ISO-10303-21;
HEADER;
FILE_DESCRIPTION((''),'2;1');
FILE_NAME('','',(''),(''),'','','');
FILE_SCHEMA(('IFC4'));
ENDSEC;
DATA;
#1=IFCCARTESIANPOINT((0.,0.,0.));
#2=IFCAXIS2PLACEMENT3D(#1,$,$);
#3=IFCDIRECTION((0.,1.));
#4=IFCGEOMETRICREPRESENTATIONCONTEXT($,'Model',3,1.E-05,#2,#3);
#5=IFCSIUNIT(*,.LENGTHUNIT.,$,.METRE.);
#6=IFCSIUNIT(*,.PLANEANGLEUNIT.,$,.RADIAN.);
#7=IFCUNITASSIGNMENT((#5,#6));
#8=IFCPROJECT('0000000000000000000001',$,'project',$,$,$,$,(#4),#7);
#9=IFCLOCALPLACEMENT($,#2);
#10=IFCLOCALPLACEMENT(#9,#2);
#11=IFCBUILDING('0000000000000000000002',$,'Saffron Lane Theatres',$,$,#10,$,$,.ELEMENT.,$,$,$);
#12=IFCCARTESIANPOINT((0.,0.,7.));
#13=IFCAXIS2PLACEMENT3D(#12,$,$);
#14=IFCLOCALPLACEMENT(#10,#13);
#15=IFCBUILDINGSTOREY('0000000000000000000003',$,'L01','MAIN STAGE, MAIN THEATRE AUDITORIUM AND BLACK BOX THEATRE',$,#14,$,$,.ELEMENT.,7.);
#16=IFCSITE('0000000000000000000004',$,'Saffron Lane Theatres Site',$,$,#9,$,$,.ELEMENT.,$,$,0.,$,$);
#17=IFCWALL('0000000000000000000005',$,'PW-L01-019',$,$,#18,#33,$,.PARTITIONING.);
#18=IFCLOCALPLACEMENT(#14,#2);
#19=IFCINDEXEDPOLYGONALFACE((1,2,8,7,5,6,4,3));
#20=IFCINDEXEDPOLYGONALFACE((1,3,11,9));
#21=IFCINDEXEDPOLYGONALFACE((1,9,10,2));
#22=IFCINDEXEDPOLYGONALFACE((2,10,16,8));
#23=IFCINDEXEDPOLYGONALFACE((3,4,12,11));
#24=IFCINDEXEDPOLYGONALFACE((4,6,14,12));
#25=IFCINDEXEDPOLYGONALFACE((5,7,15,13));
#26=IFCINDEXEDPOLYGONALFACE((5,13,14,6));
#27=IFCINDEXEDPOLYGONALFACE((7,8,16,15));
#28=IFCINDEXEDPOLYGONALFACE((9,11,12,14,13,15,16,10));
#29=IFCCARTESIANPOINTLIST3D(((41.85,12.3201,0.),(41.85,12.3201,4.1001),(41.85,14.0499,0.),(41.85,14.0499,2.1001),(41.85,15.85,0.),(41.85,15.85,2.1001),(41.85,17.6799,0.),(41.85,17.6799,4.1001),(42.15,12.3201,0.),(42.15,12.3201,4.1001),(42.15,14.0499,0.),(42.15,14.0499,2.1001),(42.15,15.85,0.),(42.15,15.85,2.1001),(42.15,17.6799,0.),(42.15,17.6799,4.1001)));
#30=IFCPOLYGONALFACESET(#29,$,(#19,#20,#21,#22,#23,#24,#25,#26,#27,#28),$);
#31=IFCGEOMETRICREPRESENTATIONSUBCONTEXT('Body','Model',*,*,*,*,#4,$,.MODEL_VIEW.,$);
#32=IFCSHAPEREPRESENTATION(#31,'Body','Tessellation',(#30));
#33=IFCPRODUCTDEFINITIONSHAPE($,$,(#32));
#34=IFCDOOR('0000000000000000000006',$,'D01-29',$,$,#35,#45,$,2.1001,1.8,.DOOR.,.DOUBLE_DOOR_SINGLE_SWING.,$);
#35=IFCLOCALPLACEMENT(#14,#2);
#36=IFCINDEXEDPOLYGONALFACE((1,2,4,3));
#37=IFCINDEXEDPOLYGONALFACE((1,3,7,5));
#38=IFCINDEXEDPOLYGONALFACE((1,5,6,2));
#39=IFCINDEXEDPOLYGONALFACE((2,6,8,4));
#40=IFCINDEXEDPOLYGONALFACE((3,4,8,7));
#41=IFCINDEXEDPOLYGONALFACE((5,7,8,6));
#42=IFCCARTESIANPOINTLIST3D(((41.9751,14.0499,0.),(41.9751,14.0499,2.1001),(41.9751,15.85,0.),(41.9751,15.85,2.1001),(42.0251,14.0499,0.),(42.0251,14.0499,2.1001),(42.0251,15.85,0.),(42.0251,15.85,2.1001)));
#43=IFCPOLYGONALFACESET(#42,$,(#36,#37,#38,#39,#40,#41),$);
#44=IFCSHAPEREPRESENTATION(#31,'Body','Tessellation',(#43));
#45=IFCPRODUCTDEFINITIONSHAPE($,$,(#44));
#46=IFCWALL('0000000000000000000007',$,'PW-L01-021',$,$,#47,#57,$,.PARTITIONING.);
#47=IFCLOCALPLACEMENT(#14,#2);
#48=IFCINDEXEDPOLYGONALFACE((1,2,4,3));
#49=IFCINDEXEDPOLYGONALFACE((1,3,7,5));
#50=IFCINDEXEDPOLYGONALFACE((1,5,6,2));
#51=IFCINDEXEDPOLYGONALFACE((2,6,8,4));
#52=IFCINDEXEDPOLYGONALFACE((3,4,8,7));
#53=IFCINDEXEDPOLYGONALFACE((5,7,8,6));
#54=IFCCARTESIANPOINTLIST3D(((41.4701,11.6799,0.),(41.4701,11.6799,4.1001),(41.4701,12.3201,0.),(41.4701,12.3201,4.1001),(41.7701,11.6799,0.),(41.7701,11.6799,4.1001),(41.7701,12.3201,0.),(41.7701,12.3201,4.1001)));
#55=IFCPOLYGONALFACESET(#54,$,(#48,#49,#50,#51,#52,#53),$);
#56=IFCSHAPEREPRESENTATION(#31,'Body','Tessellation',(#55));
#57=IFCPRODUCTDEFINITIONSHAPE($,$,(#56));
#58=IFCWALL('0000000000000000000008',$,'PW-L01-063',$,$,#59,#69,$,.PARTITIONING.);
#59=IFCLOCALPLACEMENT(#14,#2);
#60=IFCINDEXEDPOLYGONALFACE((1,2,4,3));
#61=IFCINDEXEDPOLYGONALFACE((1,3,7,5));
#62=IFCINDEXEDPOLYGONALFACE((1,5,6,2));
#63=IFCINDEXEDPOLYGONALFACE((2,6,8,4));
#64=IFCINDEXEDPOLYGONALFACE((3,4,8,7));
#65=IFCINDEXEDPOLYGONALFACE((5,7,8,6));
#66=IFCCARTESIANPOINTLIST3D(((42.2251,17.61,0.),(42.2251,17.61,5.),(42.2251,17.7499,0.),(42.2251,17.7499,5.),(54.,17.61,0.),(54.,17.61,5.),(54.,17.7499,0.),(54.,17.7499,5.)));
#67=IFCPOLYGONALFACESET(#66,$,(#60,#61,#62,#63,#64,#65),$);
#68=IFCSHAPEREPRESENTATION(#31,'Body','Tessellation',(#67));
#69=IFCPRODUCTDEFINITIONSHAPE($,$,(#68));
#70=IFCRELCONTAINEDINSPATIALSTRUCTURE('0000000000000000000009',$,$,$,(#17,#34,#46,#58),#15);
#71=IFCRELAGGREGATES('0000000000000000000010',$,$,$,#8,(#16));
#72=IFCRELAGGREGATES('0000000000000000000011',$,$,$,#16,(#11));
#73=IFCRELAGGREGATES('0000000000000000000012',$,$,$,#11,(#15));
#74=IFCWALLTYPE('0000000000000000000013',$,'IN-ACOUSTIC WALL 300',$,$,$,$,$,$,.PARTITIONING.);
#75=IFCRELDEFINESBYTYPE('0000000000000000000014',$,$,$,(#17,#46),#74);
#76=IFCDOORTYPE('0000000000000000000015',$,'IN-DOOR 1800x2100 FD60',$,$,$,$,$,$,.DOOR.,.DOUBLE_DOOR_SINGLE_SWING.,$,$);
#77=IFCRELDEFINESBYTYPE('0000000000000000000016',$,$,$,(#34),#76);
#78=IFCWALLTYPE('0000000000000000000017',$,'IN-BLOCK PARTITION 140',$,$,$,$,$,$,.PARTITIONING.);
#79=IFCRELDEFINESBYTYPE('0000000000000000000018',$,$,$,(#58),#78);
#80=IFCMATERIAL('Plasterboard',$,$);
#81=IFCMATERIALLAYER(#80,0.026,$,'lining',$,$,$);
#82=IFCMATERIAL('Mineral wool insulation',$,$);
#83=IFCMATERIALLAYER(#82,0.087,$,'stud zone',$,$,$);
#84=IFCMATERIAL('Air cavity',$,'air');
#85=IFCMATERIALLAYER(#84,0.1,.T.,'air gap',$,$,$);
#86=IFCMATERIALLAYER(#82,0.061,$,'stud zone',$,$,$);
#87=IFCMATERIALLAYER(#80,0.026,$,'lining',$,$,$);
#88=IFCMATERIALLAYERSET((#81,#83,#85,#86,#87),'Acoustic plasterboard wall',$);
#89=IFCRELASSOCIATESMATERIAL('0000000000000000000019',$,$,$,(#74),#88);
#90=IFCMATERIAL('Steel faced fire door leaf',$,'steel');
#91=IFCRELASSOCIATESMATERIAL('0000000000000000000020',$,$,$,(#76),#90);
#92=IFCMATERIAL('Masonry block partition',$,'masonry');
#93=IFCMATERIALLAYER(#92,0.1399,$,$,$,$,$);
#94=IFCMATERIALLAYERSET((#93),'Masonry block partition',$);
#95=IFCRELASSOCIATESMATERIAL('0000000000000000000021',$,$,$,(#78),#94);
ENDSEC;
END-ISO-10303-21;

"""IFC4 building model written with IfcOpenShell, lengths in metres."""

from ifc_helpers import new_model, si_unit, direction, frame, frame_2d, origin, place, context, subcontext, project, spatial, rectangle, extrude, material, layer, layer_set, type_object, element, fill, save


model = new_model("IFC4")

# Units and contexts
model_context = context("Model", 3, precision=1e-05, world=origin(), true_north=direction((0.0, 1.0)))
body_context = subcontext(model_context, "Body", "Model", "MODEL_VIEW")
ifc_project = project(units=[si_unit("LENGTHUNIT", "METRE"), si_unit("PLANEANGLEUNIT", "RADIAN")], contexts=[model_context])

# Site, building, storey
site_placement = place(None, origin())
site = spatial("IfcSite", under=ifc_project, at=site_placement, Name="Saffron Lane Theatres Site", CompositionType="ELEMENT", RefElevation=0.0)
building_placement = place(site_placement, origin())
building = spatial("IfcBuilding", under=site, at=building_placement, Name="Saffron Lane Theatres", CompositionType="ELEMENT")
storey_placement = place(building_placement, frame((0.0, 0.0, 7.0)))
storey = spatial("IfcBuildingStorey", under=building, at=storey_placement, Name="L01", Description="MAIN STAGE, MAIN THEATRE AUDITORIUM AND BLACK BOX THEATRE", CompositionType="ELEMENT", Elevation=7.0)

# Wall, opening, door
ifc_material_1 = material(Name="Plasterboard")
ifc_layer_1 = layer(ifc_material_1, 0.026, Name="lining")
ifc_material_2 = material(Name="Mineral wool insulation")
ifc_layer_2 = layer(ifc_material_2, 0.087, Name="stud zone")
ifc_material_3 = material(Name="Air cavity", Category="air")
ifc_layer_3 = layer(ifc_material_3, 0.1, ventilated=True, Name="air gap")
ifc_layer_4 = layer(ifc_material_2, 0.061, Name="stud zone")
ifc_layer_5 = layer(ifc_material_1, 0.026, Name="lining")
ifc_layer_set_1 = layer_set([ifc_layer_1, ifc_layer_2, ifc_layer_3, ifc_layer_4, ifc_layer_5], Name="Acoustic plasterboard wall")
wall_type_1 = type_object("IfcWallType", Name="IN-ACOUSTIC WALL 300", PredefinedType="PARTITIONING", material=ifc_layer_set_1)
wall_1_placement = place(storey_placement, frame((42.0, 12.3201, 0.0), z_axis=(0.0, 0.0, 1.0), x_axis=(0.0, 1.0, 0.0)))
wall_1 = element("IfcWall", 1, at=wall_1_placement, inside=storey, type_object=wall_type_1, Name="PW-L01-019", PredefinedType="PARTITIONING", context=body_context, shape_type="SweptSolid", body=[
    extrude(rectangle(XDim=5.3599, YDim=0.3, at=frame_2d((2.6799, 0.0))), origin(), (0.0, 0.0, 1.0), 4.1001),
])
opening_placement = place(wall_1_placement, frame((1.73, 0.0, 0.0)))
opening = element("IfcOpeningElement", 2, at=opening_placement, cuts=wall_1, PredefinedType="OPENING", context=body_context, shape_type="SweptSolid", body=[
    extrude(rectangle(XDim=1.8, YDim=2.1001, at=frame_2d((0.8999, 1.05))), frame((0.0, 0.1602, 0.0), z_axis=(0.0, -1.0, 0.0), x_axis=(1.0, 0.0, 0.0)), (0.0, 0.0, 1.0), 0.3201),
])
ifc_material_4 = material(Name="Steel faced fire door leaf", Category="steel")
door_type = type_object("IfcDoorType", Name="IN-DOOR 1800x2100 FD60", OperationType="DOUBLE_DOOR_SINGLE_SWING", PredefinedType="DOOR", material=ifc_material_4)
door_placement = place(opening_placement, origin())
door = element("IfcDoor", 3, at=door_placement, inside=storey, type_object=door_type, Name="D01-29", OperationType="DOUBLE_DOOR_SINGLE_SWING", OverallHeight=2.1001, OverallWidth=1.8, PredefinedType="DOOR", context=body_context, shape_type="SweptSolid", body=[
    extrude(rectangle(XDim=1.8, YDim=2.1001, at=frame_2d((0.8999, 1.05))), frame((0.0, 0.0249, 0.0), z_axis=(0.0, -1.0, 0.0), x_axis=(1.0, 0.0, 0.0)), (0.0, 0.0, 1.0), 0.05),
])
fill(opening, door)

# Walls
wall_2_placement = place(storey_placement, frame((41.6201, 11.6799, 0.0), z_axis=(0.0, 0.0, 1.0), x_axis=(0.0, 1.0, 0.0)))
element("IfcWall", 4, at=wall_2_placement, inside=storey, type_object=wall_type_1, Name="PW-L01-021", PredefinedType="PARTITIONING", context=body_context, shape_type="SweptSolid", body=[
    extrude(rectangle(XDim=0.6401, YDim=0.3, at=frame_2d((0.3201, 0.0))), origin(), (0.0, 0.0, 1.0), 4.1001),
])
ifc_material_5 = material(Name="Masonry block partition", Category="masonry")
ifc_layer_6 = layer(ifc_material_5, 0.1399)
ifc_layer_set_2 = layer_set([ifc_layer_6], Name="Masonry block partition")
wall_type_2 = type_object("IfcWallType", Name="IN-BLOCK PARTITION 140", PredefinedType="PARTITIONING", material=ifc_layer_set_2)
wall_3_placement = place(storey_placement, frame((42.2251, 17.6799, 0.0), z_axis=(0.0, 0.0, 1.0), x_axis=(1.0, 0.0, 0.0)))
element("IfcWall", 5, at=wall_3_placement, inside=storey, type_object=wall_type_2, Name="PW-L01-063", PredefinedType="PARTITIONING", context=body_context, shape_type="SweptSolid", body=[
    extrude(rectangle(XDim=11.7749, YDim=0.1399, at=frame_2d((5.8875, 0.0))), origin(), (0.0, 0.0, 1.0), 5.0),
])

save(model, "model.ifc")
